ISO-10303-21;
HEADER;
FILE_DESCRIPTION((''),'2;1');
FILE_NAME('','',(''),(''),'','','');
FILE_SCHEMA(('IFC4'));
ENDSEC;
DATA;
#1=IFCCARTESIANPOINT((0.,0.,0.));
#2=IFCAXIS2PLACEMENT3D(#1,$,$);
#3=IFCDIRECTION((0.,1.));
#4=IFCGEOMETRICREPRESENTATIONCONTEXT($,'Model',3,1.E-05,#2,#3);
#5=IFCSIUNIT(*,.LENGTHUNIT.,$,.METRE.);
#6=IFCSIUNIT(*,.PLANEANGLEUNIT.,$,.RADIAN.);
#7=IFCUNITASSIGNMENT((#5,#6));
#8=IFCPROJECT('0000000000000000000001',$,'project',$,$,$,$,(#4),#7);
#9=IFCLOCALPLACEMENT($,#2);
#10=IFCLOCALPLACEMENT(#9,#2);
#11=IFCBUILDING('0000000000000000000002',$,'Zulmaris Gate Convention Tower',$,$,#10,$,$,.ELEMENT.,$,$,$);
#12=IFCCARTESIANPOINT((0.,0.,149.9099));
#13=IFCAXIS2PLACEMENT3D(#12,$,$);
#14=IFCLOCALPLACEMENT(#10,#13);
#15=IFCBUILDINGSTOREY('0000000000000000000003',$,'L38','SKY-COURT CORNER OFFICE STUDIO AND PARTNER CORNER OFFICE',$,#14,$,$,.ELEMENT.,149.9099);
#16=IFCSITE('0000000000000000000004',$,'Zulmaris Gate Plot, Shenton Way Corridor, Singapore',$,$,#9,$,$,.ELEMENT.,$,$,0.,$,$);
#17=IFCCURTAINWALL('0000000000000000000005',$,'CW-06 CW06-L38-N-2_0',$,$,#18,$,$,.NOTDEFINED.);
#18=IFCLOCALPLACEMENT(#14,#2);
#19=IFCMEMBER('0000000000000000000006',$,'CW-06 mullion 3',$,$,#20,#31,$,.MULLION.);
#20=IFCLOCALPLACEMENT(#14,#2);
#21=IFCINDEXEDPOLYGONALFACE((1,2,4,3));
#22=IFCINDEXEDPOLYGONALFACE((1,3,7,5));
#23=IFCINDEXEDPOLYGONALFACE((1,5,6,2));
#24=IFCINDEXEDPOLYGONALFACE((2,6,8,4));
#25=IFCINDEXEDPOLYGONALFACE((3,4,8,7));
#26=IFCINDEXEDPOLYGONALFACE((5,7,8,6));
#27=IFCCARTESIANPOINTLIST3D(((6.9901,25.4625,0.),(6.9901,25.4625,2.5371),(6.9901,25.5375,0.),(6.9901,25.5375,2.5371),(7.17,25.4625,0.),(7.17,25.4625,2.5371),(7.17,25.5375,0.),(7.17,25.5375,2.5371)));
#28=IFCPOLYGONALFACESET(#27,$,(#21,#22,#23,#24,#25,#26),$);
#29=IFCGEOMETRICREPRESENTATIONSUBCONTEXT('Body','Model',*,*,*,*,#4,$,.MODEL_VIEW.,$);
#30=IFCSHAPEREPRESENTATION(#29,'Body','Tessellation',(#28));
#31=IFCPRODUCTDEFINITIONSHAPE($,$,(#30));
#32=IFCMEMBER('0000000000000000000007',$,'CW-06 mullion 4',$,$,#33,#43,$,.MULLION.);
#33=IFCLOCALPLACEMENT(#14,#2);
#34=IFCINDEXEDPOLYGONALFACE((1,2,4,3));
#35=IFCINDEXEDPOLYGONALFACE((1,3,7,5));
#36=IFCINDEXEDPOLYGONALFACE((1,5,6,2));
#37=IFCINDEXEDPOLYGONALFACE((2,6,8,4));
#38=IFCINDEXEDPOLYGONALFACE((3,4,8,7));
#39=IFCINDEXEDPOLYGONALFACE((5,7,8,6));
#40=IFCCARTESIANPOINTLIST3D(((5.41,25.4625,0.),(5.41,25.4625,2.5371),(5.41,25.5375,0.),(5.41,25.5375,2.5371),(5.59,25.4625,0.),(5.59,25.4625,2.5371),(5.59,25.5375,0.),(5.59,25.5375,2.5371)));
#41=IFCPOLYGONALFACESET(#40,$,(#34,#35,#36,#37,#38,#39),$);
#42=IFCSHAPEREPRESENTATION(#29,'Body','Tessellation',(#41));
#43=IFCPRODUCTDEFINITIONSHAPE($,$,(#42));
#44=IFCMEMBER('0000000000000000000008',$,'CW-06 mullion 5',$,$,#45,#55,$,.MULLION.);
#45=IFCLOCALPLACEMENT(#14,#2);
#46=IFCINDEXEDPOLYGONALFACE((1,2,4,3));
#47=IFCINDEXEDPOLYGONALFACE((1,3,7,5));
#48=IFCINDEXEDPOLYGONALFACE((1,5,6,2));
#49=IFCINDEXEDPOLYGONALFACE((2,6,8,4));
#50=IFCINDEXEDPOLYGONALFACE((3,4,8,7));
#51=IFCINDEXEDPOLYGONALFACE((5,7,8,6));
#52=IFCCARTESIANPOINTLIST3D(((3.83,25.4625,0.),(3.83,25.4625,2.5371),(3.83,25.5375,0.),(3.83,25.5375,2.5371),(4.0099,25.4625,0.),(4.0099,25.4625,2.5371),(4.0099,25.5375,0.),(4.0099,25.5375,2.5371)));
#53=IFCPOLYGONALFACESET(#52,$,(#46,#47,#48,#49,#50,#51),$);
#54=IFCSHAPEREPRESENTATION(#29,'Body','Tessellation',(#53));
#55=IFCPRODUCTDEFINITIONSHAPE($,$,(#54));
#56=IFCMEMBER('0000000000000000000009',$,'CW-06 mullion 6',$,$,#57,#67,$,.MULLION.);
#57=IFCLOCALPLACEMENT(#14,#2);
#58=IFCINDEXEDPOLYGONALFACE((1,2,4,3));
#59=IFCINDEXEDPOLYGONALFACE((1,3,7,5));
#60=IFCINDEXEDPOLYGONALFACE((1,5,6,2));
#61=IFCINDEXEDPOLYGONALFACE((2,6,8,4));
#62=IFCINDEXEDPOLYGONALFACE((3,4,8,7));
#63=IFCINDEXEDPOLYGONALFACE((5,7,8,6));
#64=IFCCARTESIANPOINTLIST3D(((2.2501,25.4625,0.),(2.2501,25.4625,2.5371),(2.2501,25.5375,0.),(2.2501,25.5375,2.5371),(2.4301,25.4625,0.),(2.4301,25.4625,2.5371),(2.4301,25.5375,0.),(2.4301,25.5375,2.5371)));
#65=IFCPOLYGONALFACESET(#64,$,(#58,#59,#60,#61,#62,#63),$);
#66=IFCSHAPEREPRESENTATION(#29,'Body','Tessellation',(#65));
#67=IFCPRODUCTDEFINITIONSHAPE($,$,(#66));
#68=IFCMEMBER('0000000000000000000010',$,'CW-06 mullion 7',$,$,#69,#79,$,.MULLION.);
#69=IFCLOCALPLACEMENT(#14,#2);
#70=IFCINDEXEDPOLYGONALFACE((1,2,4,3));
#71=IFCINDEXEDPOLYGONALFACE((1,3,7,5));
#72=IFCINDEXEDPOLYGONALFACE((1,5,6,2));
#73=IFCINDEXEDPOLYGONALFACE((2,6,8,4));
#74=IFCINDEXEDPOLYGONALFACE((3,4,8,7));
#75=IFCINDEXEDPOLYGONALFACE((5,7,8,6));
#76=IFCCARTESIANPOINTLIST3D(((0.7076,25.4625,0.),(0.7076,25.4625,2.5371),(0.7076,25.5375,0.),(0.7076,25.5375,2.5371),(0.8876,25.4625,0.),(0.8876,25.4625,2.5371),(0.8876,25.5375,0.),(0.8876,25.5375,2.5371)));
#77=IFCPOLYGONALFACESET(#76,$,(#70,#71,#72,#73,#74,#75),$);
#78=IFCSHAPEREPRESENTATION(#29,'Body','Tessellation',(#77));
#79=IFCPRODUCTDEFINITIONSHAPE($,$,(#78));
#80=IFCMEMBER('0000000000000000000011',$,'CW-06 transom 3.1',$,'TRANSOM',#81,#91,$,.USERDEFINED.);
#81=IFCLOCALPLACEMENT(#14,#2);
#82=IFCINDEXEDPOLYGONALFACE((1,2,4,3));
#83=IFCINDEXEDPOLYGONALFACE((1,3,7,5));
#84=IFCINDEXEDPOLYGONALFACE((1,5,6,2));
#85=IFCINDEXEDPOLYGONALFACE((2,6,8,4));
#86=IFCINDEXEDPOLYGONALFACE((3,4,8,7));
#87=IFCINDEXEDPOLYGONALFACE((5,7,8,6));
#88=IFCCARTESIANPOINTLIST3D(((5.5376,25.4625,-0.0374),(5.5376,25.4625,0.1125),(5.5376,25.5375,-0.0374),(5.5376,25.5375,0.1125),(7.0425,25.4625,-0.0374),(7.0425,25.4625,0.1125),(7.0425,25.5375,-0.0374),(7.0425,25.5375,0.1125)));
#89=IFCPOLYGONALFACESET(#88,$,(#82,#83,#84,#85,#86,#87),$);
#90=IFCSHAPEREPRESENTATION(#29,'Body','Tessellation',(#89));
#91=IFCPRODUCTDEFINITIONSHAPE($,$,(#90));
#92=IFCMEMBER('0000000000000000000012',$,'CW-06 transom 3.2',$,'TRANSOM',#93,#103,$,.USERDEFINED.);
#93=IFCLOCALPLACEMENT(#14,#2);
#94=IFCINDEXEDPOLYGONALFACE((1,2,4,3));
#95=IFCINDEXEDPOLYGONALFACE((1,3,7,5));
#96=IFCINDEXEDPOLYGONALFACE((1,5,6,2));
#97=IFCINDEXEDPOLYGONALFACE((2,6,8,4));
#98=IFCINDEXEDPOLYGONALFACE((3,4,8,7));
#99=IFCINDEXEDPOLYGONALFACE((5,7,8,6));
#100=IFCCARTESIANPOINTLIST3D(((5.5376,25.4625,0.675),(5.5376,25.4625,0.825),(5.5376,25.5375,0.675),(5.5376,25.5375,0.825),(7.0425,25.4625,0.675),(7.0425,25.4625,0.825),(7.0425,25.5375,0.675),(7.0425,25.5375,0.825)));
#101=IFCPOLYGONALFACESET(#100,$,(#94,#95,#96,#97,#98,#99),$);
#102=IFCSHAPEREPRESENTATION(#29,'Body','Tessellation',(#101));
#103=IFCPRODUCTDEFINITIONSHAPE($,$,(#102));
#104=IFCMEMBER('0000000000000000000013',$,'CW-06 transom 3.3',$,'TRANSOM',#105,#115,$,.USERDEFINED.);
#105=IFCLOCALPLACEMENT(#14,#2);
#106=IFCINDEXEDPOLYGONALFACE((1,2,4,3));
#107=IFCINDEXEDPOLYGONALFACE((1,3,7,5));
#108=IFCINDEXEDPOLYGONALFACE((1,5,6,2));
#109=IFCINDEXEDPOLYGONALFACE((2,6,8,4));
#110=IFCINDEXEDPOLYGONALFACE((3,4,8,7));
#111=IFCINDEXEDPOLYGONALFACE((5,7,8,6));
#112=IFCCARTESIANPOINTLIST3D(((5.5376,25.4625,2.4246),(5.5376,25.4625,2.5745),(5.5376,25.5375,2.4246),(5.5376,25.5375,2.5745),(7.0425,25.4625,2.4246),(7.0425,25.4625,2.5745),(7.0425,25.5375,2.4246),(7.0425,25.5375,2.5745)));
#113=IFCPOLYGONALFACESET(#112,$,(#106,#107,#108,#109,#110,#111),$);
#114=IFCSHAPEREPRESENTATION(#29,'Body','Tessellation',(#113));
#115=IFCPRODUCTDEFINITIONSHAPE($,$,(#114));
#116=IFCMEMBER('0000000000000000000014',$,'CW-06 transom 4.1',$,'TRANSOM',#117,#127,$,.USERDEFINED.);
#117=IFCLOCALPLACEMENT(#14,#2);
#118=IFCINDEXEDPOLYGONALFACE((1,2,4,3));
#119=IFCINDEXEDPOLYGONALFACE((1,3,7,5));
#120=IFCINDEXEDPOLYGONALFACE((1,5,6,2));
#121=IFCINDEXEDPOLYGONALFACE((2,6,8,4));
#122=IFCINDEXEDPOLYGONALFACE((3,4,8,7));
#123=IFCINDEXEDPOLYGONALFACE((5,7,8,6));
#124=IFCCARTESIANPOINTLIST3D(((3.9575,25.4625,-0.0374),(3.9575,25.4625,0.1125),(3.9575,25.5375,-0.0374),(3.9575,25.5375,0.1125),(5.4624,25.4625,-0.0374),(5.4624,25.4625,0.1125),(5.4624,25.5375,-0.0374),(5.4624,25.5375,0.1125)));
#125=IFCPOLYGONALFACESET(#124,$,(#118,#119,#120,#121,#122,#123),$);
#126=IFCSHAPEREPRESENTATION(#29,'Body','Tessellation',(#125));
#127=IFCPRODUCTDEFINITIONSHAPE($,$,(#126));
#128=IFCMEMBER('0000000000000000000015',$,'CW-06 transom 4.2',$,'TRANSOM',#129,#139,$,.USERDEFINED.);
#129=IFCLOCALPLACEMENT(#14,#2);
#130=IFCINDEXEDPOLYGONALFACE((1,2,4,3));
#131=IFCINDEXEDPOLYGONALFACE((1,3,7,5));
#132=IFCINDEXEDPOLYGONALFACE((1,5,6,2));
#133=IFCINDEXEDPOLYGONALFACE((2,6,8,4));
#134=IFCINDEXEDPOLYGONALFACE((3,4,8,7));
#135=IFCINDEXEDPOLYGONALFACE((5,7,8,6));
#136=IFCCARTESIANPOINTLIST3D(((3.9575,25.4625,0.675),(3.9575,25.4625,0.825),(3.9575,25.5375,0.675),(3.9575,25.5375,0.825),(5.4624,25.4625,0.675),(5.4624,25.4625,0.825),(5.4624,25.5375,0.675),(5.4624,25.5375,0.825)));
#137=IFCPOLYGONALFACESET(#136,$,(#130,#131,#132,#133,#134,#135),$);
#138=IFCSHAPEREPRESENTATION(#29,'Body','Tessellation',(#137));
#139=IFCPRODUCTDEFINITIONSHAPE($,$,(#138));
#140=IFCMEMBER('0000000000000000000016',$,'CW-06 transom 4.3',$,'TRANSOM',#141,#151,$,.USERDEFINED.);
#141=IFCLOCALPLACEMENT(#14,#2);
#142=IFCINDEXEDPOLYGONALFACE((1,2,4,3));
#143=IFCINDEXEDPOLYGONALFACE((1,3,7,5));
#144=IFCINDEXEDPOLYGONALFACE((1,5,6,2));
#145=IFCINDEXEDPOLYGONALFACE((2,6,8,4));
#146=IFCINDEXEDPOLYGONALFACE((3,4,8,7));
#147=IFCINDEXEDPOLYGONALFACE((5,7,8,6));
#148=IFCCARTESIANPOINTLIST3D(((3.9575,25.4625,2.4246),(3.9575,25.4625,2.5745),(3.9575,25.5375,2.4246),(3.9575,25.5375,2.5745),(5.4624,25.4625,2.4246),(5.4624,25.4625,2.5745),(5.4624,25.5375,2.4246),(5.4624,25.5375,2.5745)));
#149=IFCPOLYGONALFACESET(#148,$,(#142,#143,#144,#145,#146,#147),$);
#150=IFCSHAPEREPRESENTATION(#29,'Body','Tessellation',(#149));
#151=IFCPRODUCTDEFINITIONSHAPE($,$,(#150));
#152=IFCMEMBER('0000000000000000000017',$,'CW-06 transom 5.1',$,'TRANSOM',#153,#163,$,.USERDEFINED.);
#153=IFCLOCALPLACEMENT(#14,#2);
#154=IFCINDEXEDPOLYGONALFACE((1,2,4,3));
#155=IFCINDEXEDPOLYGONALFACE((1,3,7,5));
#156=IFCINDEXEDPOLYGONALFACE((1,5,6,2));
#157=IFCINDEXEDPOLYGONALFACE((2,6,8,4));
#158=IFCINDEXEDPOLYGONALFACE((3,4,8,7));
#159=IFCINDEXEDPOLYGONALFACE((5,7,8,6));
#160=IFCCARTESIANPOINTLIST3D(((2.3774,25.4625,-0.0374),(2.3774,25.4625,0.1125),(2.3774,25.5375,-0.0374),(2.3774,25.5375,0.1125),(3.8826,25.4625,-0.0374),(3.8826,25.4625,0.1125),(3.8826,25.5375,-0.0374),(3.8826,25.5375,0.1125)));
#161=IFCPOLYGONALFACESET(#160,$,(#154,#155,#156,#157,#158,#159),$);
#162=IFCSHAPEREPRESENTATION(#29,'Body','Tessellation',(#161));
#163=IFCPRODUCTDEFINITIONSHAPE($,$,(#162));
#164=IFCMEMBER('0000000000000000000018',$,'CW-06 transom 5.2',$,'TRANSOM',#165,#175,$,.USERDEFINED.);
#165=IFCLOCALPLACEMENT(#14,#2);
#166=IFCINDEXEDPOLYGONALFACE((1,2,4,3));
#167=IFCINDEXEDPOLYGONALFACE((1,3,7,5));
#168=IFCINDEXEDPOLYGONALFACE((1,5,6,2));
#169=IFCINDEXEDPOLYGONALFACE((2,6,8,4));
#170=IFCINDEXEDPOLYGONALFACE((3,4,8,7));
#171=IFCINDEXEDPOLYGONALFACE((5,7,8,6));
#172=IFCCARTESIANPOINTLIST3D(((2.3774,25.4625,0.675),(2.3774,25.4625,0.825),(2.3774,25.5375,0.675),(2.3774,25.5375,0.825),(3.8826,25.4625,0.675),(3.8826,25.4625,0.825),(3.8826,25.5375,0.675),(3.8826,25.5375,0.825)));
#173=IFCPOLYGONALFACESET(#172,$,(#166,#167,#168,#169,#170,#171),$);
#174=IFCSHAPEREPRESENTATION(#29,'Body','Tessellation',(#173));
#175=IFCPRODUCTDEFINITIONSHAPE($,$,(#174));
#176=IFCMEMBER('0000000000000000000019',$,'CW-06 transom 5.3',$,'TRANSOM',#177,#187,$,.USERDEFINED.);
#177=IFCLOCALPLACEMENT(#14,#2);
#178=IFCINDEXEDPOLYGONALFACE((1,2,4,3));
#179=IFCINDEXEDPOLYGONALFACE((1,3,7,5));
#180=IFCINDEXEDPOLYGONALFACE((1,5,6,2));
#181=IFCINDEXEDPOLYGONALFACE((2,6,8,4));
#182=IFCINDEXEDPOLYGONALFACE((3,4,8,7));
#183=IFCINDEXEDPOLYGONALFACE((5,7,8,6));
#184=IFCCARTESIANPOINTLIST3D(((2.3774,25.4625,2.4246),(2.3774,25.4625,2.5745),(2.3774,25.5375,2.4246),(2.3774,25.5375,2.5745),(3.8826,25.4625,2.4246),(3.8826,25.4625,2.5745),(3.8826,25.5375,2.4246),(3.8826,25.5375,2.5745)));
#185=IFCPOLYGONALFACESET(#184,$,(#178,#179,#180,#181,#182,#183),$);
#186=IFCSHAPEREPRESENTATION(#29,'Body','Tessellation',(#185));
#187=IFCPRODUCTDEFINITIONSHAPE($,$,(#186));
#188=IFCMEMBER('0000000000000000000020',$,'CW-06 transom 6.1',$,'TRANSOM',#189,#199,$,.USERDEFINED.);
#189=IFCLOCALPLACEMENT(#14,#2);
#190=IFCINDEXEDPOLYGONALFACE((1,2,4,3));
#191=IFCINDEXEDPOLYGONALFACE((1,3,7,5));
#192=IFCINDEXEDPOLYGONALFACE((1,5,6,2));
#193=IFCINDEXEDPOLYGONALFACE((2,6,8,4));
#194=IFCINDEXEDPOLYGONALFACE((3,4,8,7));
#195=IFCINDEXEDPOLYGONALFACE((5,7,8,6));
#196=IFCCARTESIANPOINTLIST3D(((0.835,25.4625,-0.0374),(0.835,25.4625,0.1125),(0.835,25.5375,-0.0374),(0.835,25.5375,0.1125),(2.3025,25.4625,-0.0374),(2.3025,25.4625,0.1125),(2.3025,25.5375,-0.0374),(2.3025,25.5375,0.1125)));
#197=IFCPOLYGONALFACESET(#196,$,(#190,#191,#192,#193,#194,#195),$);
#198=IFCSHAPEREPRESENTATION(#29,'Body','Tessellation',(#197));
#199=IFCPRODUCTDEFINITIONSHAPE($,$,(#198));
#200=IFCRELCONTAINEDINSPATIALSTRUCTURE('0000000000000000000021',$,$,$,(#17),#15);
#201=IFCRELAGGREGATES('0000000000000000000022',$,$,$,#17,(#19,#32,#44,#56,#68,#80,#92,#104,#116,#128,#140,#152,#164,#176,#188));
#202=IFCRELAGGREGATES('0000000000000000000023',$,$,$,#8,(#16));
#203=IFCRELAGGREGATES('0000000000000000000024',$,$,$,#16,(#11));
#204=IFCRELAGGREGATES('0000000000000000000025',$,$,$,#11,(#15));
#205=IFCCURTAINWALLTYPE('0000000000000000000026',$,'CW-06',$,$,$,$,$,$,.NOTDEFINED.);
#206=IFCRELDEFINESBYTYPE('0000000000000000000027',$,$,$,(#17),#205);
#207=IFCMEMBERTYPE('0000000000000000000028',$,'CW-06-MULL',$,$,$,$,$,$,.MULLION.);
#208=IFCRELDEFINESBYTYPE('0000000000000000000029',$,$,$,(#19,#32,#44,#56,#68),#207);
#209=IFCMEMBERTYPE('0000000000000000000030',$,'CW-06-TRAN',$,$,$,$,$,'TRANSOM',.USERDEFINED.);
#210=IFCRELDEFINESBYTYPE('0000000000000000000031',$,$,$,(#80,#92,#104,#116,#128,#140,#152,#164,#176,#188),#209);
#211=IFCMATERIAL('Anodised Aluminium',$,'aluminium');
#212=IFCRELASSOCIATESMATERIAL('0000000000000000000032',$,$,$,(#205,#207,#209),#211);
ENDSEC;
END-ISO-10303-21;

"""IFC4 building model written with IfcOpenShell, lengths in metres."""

from ifc_helpers import new_model, si_unit, direction, frame, origin, origin_2d, place, context, subcontext, project, spatial, rectangle, extrude, material, material_profile, profile_set, type_object, element, aggregate, save


model = new_model("IFC4")

# Units and contexts
model_context = context("Model", 3, precision=1e-05, world=origin(), true_north=direction((0.0, 1.0)))
body_context = subcontext(model_context, "Body", "Model", "MODEL_VIEW")
ifc_project = project(units=[si_unit("LENGTHUNIT", "METRE"), si_unit("PLANEANGLEUNIT", "RADIAN")], contexts=[model_context])

# Site, building, storey
site_placement = place(None, origin())
site = spatial("IfcSite", under=ifc_project, at=site_placement, Name="Zulmaris Gate Plot, Shenton Way Corridor, Singapore", CompositionType="ELEMENT", RefElevation=0.0)
building_placement = place(site_placement, origin())
building = spatial("IfcBuilding", under=site, at=building_placement, Name="Zulmaris Gate Convention Tower", CompositionType="ELEMENT")
storey_placement = place(building_placement, frame((0.0, 0.0, 149.9099)))
storey = spatial("IfcBuildingStorey", under=building, at=storey_placement, Name="L38", Description="SKY-COURT CORNER OFFICE STUDIO AND PARTNER CORNER OFFICE", CompositionType="ELEMENT", Elevation=149.9099)

# Curtain wall, members
ifc_material_1 = material(Name="Anodised Aluminium", Category="aluminium")
curtain_wall_type = type_object("IfcCurtainWallType", Name="CW-06", PredefinedType="NOTDEFINED", material=ifc_material_1)
curtain_wall_placement = place(storey_placement, origin())
curtain_wall = element("IfcCurtainWall", 1, at=curtain_wall_placement, inside=storey, type_object=curtain_wall_type, Name="CW-06 CW06-L38-N-2_0", PredefinedType="NOTDEFINED")
ifc_material_profile_1 = material_profile(ifc_material_1, rectangle(XDim=0.075, YDim=0.1799, at=origin_2d()), Name="ALU MULLION 75x180")
ifc_profile_set_1 = profile_set([ifc_material_profile_1], Name="Anodised Aluminium")
member_type_1 = type_object("IfcMemberType", Name="CW-06-MULL", PredefinedType="MULLION", material=ifc_profile_set_1)
member_1_placement = place(storey_placement, frame((7.0801, 25.5, 0.0), z_axis=(0.0, 0.0, 1.0), x_axis=(0.0, -1.0, 0.0)))
member_1 = element("IfcMember", 2, at=member_1_placement, type_object=member_type_1, Name="CW-06 mullion 3", PredefinedType="MULLION", context=body_context, shape_type="SweptSolid", body=[
    extrude(rectangle(XDim=0.075, YDim=0.1799, at=origin_2d()), origin(), (0.0, 0.0, 1.0), 2.5371),
])
member_2_placement = place(storey_placement, frame((5.5, 25.5, 0.0), z_axis=(0.0, 0.0, 1.0), x_axis=(0.0, -1.0, 0.0)))
member_2 = element("IfcMember", 3, at=member_2_placement, type_object=member_type_1, Name="CW-06 mullion 4", PredefinedType="MULLION", context=body_context, shape_type="SweptSolid", body=[
    extrude(rectangle(XDim=0.075, YDim=0.1799, at=origin_2d()), origin(), (0.0, 0.0, 1.0), 2.5371),
])
member_3_placement = place(storey_placement, frame((3.9199, 25.5, 0.0), z_axis=(0.0, 0.0, 1.0), x_axis=(0.0, -1.0, 0.0)))
member_3 = element("IfcMember", 4, at=member_3_placement, type_object=member_type_1, Name="CW-06 mullion 5", PredefinedType="MULLION", context=body_context, shape_type="SweptSolid", body=[
    extrude(rectangle(XDim=0.075, YDim=0.1799, at=origin_2d()), origin(), (0.0, 0.0, 1.0), 2.5371),
])
member_4_placement = place(storey_placement, frame((2.3401, 25.5, 0.0), z_axis=(0.0, 0.0, 1.0), x_axis=(0.0, -1.0, 0.0)))
member_4 = element("IfcMember", 5, at=member_4_placement, type_object=member_type_1, Name="CW-06 mullion 6", PredefinedType="MULLION", context=body_context, shape_type="SweptSolid", body=[
    extrude(rectangle(XDim=0.075, YDim=0.1799, at=origin_2d()), origin(), (0.0, 0.0, 1.0), 2.5371),
])
member_5_placement = place(storey_placement, frame((0.7976, 25.5, 0.0), z_axis=(0.0, 0.0, 1.0), x_axis=(0.0, -1.0, 0.0)))
member_5 = element("IfcMember", 6, at=member_5_placement, type_object=member_type_1, Name="CW-06 mullion 7", PredefinedType="MULLION", context=body_context, shape_type="SweptSolid", body=[
    extrude(rectangle(XDim=0.075, YDim=0.1799, at=origin_2d()), origin(), (0.0, 0.0, 1.0), 2.5371),
])
ifc_material_profile_2 = material_profile(ifc_material_1, rectangle(XDim=0.075, YDim=0.1499, at=origin_2d()), Name="ALU TRANSOM 75x150")
ifc_profile_set_2 = profile_set([ifc_material_profile_2], Name="Anodised Aluminium")
member_type_2 = type_object("IfcMemberType", Name="CW-06-TRAN", ElementType="TRANSOM", PredefinedType="USERDEFINED", material=ifc_profile_set_2)
member_6_placement = place(storey_placement, frame((7.0425, 25.5, 0.0376), z_axis=(-1.0, 0.0, 0.0), x_axis=(0.0, -1.0, 0.0)))
member_6 = element("IfcMember", 7, at=member_6_placement, type_object=member_type_2, Name="CW-06 transom 3.1", ObjectType="TRANSOM", PredefinedType="USERDEFINED", context=body_context, shape_type="SweptSolid", body=[
    extrude(rectangle(XDim=0.075, YDim=0.1499, at=origin_2d()), origin(), (0.0, 0.0, 1.0), 1.5049),
])
member_7_placement = place(storey_placement, frame((7.0425, 25.5, 0.75), z_axis=(-1.0, 0.0, 0.0), x_axis=(0.0, -1.0, 0.0)))
member_7 = element("IfcMember", 8, at=member_7_placement, type_object=member_type_2, Name="CW-06 transom 3.2", ObjectType="TRANSOM", PredefinedType="USERDEFINED", context=body_context, shape_type="SweptSolid", body=[
    extrude(rectangle(XDim=0.075, YDim=0.1499, at=origin_2d()), origin(), (0.0, 0.0, 1.0), 1.5049),
])
member_8_placement = place(storey_placement, frame((7.0425, 25.5, 2.4995), z_axis=(-1.0, 0.0, 0.0), x_axis=(0.0, -1.0, 0.0)))
member_8 = element("IfcMember", 9, at=member_8_placement, type_object=member_type_2, Name="CW-06 transom 3.3", ObjectType="TRANSOM", PredefinedType="USERDEFINED", context=body_context, shape_type="SweptSolid", body=[
    extrude(rectangle(XDim=0.075, YDim=0.1499, at=origin_2d()), origin(), (0.0, 0.0, 1.0), 1.5049),
])
member_9_placement = place(storey_placement, frame((5.4624, 25.5, 0.0376), z_axis=(-1.0, 0.0, 0.0), x_axis=(0.0, -1.0, 0.0)))
member_9 = element("IfcMember", 10, at=member_9_placement, type_object=member_type_2, Name="CW-06 transom 4.1", ObjectType="TRANSOM", PredefinedType="USERDEFINED", context=body_context, shape_type="SweptSolid", body=[
    extrude(rectangle(XDim=0.075, YDim=0.1499, at=origin_2d()), origin(), (0.0, 0.0, 1.0), 1.5049),
])
member_10_placement = place(storey_placement, frame((5.4624, 25.5, 0.75), z_axis=(-1.0, 0.0, 0.0), x_axis=(0.0, -1.0, 0.0)))
member_10 = element("IfcMember", 11, at=member_10_placement, type_object=member_type_2, Name="CW-06 transom 4.2", ObjectType="TRANSOM", PredefinedType="USERDEFINED", context=body_context, shape_type="SweptSolid", body=[
    extrude(rectangle(XDim=0.075, YDim=0.1499, at=origin_2d()), origin(), (0.0, 0.0, 1.0), 1.5049),
])
member_11_placement = place(storey_placement, frame((5.4624, 25.5, 2.4995), z_axis=(-1.0, 0.0, 0.0), x_axis=(0.0, -1.0, 0.0)))
member_11 = element("IfcMember", 12, at=member_11_placement, type_object=member_type_2, Name="CW-06 transom 4.3", ObjectType="TRANSOM", PredefinedType="USERDEFINED", context=body_context, shape_type="SweptSolid", body=[
    extrude(rectangle(XDim=0.075, YDim=0.1499, at=origin_2d()), origin(), (0.0, 0.0, 1.0), 1.5049),
])
member_12_placement = place(storey_placement, frame((3.8826, 25.5, 0.0376), z_axis=(-1.0, 0.0, 0.0), x_axis=(0.0, -1.0, 0.0)))
member_12 = element("IfcMember", 13, at=member_12_placement, type_object=member_type_2, Name="CW-06 transom 5.1", ObjectType="TRANSOM", PredefinedType="USERDEFINED", context=body_context, shape_type="SweptSolid", body=[
    extrude(rectangle(XDim=0.075, YDim=0.1499, at=origin_2d()), origin(), (0.0, 0.0, 1.0), 1.5051),
])
member_13_placement = place(storey_placement, frame((3.8826, 25.5, 0.75), z_axis=(-1.0, 0.0, 0.0), x_axis=(0.0, -1.0, 0.0)))
member_13 = element("IfcMember", 14, at=member_13_placement, type_object=member_type_2, Name="CW-06 transom 5.2", ObjectType="TRANSOM", PredefinedType="USERDEFINED", context=body_context, shape_type="SweptSolid", body=[
    extrude(rectangle(XDim=0.075, YDim=0.1499, at=origin_2d()), origin(), (0.0, 0.0, 1.0), 1.5051),
])
member_14_placement = place(storey_placement, frame((3.8826, 25.5, 2.4995), z_axis=(-1.0, 0.0, 0.0), x_axis=(0.0, -1.0, 0.0)))
member_14 = element("IfcMember", 15, at=member_14_placement, type_object=member_type_2, Name="CW-06 transom 5.3", ObjectType="TRANSOM", PredefinedType="USERDEFINED", context=body_context, shape_type="SweptSolid", body=[
    extrude(rectangle(XDim=0.075, YDim=0.1499, at=origin_2d()), origin(), (0.0, 0.0, 1.0), 1.5051),
])
member_15_placement = place(storey_placement, frame((2.3025, 25.5, 0.0376), z_axis=(-1.0, 0.0, 0.0), x_axis=(0.0, -1.0, 0.0)))
member_15 = element("IfcMember", 16, at=member_15_placement, type_object=member_type_2, Name="CW-06 transom 6.1", ObjectType="TRANSOM", PredefinedType="USERDEFINED", context=body_context, shape_type="SweptSolid", body=[
    extrude(rectangle(XDim=0.075, YDim=0.1499, at=origin_2d()), origin(), (0.0, 0.0, 1.0), 1.4675),
])
aggregate(curtain_wall, [member_1, member_2, member_3, member_4, member_5, member_6, member_7, member_8, member_9, member_10, member_11, member_12, member_13, member_14, member_15])

save(model, "model.ifc")
